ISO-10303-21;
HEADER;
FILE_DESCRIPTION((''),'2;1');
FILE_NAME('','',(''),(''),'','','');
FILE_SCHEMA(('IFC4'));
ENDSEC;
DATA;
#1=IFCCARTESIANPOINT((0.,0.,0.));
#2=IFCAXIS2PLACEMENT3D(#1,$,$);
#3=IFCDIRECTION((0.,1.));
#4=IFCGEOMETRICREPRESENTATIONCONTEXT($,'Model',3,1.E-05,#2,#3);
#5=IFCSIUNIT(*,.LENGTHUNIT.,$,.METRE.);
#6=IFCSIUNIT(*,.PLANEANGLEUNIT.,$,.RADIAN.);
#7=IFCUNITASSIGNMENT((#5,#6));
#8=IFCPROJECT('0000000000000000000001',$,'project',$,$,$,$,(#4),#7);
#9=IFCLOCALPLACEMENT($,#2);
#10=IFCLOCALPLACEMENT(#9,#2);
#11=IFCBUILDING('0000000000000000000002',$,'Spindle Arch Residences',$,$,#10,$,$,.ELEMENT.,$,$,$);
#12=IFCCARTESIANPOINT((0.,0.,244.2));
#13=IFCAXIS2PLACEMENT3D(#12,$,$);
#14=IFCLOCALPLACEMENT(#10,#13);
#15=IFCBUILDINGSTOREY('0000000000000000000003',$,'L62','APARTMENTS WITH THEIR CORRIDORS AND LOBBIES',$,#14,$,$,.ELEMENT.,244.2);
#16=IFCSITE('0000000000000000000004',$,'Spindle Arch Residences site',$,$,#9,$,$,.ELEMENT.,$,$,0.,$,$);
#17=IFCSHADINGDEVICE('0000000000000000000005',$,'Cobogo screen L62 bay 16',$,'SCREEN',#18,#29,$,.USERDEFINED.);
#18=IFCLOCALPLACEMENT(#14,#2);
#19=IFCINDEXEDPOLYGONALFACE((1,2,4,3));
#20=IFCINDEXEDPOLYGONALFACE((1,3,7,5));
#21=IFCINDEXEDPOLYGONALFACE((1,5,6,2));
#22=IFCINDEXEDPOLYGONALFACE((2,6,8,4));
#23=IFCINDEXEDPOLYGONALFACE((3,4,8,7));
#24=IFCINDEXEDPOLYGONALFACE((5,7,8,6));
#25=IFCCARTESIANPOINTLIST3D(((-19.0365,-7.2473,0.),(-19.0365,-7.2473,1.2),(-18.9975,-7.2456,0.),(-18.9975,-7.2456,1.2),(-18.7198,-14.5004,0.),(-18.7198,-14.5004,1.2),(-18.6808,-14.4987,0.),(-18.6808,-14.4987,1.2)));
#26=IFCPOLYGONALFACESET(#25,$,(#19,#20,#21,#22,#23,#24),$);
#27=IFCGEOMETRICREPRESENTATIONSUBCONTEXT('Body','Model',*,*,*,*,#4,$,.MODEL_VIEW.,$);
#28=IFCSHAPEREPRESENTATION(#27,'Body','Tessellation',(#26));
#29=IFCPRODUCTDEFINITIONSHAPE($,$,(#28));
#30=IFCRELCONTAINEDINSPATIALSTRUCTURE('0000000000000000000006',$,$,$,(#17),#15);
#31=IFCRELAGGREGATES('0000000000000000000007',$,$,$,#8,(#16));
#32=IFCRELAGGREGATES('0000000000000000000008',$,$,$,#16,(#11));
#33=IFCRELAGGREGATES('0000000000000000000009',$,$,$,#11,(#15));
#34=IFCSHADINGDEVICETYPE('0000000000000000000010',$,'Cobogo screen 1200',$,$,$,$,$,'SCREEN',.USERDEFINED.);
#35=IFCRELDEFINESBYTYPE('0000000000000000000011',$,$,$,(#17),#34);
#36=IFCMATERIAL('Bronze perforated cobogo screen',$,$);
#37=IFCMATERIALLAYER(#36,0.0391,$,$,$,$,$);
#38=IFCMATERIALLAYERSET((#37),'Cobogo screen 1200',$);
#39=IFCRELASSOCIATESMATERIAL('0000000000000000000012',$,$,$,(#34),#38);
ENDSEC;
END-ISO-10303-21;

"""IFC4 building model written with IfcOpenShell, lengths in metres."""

from ifc_helpers import new_model, si_unit, direction, frame, origin, origin_2d, place, context, subcontext, project, spatial, rectangle, extrude, material, layer, layer_set, type_object, element, save


model = new_model("IFC4")

# Units and contexts
model_context = context("Model", 3, precision=1e-05, world=origin(), true_north=direction((0.0, 1.0)))
body_context = subcontext(model_context, "Body", "Model", "MODEL_VIEW")
ifc_project = project(units=[si_unit("LENGTHUNIT", "METRE"), si_unit("PLANEANGLEUNIT", "RADIAN")], contexts=[model_context])

# Site, building, storey
site_placement = place(None, origin())
site = spatial("IfcSite", under=ifc_project, at=site_placement, Name="Spindle Arch Residences site", CompositionType="ELEMENT", RefElevation=0.0)
building_placement = place(site_placement, origin())
building = spatial("IfcBuilding", under=site, at=building_placement, Name="Spindle Arch Residences", CompositionType="ELEMENT")
storey_placement = place(building_placement, frame((0.0, 0.0, 244.2)))
storey = spatial("IfcBuildingStorey", under=building, at=storey_placement, Name="L62", Description="APARTMENTS WITH THEIR CORRIDORS AND LOBBIES", CompositionType="ELEMENT", Elevation=244.2)

# Shading device
ifc_material_1 = material(Name="Bronze perforated cobogo screen")
ifc_layer_1 = layer(ifc_material_1, 0.0391)
ifc_layer_set_1 = layer_set([ifc_layer_1], Name="Cobogo screen 1200")
shading_device_type = type_object("IfcShadingDeviceType", Name="Cobogo screen 1200", ElementType="SCREEN", PredefinedType="USERDEFINED", material=ifc_layer_set_1)
shading_device_placement = place(storey_placement, frame((-18.8586, -10.873, 0.0), z_axis=(0.0, 0.0, 1.0), x_axis=(0.043619, -0.999048, 0.0)))
element("IfcShadingDevice", 1, at=shading_device_placement, inside=storey, type_object=shading_device_type, Name="Cobogo screen L62 bay 16", ObjectType="SCREEN", PredefinedType="USERDEFINED", context=body_context, shape_type="SweptSolid", body=[
    extrude(rectangle(XDim=7.26, YDim=0.0391, at=origin_2d()), origin(), (0.0, 0.0, 1.0), 1.2),
])

save(model, "model.ifc")
